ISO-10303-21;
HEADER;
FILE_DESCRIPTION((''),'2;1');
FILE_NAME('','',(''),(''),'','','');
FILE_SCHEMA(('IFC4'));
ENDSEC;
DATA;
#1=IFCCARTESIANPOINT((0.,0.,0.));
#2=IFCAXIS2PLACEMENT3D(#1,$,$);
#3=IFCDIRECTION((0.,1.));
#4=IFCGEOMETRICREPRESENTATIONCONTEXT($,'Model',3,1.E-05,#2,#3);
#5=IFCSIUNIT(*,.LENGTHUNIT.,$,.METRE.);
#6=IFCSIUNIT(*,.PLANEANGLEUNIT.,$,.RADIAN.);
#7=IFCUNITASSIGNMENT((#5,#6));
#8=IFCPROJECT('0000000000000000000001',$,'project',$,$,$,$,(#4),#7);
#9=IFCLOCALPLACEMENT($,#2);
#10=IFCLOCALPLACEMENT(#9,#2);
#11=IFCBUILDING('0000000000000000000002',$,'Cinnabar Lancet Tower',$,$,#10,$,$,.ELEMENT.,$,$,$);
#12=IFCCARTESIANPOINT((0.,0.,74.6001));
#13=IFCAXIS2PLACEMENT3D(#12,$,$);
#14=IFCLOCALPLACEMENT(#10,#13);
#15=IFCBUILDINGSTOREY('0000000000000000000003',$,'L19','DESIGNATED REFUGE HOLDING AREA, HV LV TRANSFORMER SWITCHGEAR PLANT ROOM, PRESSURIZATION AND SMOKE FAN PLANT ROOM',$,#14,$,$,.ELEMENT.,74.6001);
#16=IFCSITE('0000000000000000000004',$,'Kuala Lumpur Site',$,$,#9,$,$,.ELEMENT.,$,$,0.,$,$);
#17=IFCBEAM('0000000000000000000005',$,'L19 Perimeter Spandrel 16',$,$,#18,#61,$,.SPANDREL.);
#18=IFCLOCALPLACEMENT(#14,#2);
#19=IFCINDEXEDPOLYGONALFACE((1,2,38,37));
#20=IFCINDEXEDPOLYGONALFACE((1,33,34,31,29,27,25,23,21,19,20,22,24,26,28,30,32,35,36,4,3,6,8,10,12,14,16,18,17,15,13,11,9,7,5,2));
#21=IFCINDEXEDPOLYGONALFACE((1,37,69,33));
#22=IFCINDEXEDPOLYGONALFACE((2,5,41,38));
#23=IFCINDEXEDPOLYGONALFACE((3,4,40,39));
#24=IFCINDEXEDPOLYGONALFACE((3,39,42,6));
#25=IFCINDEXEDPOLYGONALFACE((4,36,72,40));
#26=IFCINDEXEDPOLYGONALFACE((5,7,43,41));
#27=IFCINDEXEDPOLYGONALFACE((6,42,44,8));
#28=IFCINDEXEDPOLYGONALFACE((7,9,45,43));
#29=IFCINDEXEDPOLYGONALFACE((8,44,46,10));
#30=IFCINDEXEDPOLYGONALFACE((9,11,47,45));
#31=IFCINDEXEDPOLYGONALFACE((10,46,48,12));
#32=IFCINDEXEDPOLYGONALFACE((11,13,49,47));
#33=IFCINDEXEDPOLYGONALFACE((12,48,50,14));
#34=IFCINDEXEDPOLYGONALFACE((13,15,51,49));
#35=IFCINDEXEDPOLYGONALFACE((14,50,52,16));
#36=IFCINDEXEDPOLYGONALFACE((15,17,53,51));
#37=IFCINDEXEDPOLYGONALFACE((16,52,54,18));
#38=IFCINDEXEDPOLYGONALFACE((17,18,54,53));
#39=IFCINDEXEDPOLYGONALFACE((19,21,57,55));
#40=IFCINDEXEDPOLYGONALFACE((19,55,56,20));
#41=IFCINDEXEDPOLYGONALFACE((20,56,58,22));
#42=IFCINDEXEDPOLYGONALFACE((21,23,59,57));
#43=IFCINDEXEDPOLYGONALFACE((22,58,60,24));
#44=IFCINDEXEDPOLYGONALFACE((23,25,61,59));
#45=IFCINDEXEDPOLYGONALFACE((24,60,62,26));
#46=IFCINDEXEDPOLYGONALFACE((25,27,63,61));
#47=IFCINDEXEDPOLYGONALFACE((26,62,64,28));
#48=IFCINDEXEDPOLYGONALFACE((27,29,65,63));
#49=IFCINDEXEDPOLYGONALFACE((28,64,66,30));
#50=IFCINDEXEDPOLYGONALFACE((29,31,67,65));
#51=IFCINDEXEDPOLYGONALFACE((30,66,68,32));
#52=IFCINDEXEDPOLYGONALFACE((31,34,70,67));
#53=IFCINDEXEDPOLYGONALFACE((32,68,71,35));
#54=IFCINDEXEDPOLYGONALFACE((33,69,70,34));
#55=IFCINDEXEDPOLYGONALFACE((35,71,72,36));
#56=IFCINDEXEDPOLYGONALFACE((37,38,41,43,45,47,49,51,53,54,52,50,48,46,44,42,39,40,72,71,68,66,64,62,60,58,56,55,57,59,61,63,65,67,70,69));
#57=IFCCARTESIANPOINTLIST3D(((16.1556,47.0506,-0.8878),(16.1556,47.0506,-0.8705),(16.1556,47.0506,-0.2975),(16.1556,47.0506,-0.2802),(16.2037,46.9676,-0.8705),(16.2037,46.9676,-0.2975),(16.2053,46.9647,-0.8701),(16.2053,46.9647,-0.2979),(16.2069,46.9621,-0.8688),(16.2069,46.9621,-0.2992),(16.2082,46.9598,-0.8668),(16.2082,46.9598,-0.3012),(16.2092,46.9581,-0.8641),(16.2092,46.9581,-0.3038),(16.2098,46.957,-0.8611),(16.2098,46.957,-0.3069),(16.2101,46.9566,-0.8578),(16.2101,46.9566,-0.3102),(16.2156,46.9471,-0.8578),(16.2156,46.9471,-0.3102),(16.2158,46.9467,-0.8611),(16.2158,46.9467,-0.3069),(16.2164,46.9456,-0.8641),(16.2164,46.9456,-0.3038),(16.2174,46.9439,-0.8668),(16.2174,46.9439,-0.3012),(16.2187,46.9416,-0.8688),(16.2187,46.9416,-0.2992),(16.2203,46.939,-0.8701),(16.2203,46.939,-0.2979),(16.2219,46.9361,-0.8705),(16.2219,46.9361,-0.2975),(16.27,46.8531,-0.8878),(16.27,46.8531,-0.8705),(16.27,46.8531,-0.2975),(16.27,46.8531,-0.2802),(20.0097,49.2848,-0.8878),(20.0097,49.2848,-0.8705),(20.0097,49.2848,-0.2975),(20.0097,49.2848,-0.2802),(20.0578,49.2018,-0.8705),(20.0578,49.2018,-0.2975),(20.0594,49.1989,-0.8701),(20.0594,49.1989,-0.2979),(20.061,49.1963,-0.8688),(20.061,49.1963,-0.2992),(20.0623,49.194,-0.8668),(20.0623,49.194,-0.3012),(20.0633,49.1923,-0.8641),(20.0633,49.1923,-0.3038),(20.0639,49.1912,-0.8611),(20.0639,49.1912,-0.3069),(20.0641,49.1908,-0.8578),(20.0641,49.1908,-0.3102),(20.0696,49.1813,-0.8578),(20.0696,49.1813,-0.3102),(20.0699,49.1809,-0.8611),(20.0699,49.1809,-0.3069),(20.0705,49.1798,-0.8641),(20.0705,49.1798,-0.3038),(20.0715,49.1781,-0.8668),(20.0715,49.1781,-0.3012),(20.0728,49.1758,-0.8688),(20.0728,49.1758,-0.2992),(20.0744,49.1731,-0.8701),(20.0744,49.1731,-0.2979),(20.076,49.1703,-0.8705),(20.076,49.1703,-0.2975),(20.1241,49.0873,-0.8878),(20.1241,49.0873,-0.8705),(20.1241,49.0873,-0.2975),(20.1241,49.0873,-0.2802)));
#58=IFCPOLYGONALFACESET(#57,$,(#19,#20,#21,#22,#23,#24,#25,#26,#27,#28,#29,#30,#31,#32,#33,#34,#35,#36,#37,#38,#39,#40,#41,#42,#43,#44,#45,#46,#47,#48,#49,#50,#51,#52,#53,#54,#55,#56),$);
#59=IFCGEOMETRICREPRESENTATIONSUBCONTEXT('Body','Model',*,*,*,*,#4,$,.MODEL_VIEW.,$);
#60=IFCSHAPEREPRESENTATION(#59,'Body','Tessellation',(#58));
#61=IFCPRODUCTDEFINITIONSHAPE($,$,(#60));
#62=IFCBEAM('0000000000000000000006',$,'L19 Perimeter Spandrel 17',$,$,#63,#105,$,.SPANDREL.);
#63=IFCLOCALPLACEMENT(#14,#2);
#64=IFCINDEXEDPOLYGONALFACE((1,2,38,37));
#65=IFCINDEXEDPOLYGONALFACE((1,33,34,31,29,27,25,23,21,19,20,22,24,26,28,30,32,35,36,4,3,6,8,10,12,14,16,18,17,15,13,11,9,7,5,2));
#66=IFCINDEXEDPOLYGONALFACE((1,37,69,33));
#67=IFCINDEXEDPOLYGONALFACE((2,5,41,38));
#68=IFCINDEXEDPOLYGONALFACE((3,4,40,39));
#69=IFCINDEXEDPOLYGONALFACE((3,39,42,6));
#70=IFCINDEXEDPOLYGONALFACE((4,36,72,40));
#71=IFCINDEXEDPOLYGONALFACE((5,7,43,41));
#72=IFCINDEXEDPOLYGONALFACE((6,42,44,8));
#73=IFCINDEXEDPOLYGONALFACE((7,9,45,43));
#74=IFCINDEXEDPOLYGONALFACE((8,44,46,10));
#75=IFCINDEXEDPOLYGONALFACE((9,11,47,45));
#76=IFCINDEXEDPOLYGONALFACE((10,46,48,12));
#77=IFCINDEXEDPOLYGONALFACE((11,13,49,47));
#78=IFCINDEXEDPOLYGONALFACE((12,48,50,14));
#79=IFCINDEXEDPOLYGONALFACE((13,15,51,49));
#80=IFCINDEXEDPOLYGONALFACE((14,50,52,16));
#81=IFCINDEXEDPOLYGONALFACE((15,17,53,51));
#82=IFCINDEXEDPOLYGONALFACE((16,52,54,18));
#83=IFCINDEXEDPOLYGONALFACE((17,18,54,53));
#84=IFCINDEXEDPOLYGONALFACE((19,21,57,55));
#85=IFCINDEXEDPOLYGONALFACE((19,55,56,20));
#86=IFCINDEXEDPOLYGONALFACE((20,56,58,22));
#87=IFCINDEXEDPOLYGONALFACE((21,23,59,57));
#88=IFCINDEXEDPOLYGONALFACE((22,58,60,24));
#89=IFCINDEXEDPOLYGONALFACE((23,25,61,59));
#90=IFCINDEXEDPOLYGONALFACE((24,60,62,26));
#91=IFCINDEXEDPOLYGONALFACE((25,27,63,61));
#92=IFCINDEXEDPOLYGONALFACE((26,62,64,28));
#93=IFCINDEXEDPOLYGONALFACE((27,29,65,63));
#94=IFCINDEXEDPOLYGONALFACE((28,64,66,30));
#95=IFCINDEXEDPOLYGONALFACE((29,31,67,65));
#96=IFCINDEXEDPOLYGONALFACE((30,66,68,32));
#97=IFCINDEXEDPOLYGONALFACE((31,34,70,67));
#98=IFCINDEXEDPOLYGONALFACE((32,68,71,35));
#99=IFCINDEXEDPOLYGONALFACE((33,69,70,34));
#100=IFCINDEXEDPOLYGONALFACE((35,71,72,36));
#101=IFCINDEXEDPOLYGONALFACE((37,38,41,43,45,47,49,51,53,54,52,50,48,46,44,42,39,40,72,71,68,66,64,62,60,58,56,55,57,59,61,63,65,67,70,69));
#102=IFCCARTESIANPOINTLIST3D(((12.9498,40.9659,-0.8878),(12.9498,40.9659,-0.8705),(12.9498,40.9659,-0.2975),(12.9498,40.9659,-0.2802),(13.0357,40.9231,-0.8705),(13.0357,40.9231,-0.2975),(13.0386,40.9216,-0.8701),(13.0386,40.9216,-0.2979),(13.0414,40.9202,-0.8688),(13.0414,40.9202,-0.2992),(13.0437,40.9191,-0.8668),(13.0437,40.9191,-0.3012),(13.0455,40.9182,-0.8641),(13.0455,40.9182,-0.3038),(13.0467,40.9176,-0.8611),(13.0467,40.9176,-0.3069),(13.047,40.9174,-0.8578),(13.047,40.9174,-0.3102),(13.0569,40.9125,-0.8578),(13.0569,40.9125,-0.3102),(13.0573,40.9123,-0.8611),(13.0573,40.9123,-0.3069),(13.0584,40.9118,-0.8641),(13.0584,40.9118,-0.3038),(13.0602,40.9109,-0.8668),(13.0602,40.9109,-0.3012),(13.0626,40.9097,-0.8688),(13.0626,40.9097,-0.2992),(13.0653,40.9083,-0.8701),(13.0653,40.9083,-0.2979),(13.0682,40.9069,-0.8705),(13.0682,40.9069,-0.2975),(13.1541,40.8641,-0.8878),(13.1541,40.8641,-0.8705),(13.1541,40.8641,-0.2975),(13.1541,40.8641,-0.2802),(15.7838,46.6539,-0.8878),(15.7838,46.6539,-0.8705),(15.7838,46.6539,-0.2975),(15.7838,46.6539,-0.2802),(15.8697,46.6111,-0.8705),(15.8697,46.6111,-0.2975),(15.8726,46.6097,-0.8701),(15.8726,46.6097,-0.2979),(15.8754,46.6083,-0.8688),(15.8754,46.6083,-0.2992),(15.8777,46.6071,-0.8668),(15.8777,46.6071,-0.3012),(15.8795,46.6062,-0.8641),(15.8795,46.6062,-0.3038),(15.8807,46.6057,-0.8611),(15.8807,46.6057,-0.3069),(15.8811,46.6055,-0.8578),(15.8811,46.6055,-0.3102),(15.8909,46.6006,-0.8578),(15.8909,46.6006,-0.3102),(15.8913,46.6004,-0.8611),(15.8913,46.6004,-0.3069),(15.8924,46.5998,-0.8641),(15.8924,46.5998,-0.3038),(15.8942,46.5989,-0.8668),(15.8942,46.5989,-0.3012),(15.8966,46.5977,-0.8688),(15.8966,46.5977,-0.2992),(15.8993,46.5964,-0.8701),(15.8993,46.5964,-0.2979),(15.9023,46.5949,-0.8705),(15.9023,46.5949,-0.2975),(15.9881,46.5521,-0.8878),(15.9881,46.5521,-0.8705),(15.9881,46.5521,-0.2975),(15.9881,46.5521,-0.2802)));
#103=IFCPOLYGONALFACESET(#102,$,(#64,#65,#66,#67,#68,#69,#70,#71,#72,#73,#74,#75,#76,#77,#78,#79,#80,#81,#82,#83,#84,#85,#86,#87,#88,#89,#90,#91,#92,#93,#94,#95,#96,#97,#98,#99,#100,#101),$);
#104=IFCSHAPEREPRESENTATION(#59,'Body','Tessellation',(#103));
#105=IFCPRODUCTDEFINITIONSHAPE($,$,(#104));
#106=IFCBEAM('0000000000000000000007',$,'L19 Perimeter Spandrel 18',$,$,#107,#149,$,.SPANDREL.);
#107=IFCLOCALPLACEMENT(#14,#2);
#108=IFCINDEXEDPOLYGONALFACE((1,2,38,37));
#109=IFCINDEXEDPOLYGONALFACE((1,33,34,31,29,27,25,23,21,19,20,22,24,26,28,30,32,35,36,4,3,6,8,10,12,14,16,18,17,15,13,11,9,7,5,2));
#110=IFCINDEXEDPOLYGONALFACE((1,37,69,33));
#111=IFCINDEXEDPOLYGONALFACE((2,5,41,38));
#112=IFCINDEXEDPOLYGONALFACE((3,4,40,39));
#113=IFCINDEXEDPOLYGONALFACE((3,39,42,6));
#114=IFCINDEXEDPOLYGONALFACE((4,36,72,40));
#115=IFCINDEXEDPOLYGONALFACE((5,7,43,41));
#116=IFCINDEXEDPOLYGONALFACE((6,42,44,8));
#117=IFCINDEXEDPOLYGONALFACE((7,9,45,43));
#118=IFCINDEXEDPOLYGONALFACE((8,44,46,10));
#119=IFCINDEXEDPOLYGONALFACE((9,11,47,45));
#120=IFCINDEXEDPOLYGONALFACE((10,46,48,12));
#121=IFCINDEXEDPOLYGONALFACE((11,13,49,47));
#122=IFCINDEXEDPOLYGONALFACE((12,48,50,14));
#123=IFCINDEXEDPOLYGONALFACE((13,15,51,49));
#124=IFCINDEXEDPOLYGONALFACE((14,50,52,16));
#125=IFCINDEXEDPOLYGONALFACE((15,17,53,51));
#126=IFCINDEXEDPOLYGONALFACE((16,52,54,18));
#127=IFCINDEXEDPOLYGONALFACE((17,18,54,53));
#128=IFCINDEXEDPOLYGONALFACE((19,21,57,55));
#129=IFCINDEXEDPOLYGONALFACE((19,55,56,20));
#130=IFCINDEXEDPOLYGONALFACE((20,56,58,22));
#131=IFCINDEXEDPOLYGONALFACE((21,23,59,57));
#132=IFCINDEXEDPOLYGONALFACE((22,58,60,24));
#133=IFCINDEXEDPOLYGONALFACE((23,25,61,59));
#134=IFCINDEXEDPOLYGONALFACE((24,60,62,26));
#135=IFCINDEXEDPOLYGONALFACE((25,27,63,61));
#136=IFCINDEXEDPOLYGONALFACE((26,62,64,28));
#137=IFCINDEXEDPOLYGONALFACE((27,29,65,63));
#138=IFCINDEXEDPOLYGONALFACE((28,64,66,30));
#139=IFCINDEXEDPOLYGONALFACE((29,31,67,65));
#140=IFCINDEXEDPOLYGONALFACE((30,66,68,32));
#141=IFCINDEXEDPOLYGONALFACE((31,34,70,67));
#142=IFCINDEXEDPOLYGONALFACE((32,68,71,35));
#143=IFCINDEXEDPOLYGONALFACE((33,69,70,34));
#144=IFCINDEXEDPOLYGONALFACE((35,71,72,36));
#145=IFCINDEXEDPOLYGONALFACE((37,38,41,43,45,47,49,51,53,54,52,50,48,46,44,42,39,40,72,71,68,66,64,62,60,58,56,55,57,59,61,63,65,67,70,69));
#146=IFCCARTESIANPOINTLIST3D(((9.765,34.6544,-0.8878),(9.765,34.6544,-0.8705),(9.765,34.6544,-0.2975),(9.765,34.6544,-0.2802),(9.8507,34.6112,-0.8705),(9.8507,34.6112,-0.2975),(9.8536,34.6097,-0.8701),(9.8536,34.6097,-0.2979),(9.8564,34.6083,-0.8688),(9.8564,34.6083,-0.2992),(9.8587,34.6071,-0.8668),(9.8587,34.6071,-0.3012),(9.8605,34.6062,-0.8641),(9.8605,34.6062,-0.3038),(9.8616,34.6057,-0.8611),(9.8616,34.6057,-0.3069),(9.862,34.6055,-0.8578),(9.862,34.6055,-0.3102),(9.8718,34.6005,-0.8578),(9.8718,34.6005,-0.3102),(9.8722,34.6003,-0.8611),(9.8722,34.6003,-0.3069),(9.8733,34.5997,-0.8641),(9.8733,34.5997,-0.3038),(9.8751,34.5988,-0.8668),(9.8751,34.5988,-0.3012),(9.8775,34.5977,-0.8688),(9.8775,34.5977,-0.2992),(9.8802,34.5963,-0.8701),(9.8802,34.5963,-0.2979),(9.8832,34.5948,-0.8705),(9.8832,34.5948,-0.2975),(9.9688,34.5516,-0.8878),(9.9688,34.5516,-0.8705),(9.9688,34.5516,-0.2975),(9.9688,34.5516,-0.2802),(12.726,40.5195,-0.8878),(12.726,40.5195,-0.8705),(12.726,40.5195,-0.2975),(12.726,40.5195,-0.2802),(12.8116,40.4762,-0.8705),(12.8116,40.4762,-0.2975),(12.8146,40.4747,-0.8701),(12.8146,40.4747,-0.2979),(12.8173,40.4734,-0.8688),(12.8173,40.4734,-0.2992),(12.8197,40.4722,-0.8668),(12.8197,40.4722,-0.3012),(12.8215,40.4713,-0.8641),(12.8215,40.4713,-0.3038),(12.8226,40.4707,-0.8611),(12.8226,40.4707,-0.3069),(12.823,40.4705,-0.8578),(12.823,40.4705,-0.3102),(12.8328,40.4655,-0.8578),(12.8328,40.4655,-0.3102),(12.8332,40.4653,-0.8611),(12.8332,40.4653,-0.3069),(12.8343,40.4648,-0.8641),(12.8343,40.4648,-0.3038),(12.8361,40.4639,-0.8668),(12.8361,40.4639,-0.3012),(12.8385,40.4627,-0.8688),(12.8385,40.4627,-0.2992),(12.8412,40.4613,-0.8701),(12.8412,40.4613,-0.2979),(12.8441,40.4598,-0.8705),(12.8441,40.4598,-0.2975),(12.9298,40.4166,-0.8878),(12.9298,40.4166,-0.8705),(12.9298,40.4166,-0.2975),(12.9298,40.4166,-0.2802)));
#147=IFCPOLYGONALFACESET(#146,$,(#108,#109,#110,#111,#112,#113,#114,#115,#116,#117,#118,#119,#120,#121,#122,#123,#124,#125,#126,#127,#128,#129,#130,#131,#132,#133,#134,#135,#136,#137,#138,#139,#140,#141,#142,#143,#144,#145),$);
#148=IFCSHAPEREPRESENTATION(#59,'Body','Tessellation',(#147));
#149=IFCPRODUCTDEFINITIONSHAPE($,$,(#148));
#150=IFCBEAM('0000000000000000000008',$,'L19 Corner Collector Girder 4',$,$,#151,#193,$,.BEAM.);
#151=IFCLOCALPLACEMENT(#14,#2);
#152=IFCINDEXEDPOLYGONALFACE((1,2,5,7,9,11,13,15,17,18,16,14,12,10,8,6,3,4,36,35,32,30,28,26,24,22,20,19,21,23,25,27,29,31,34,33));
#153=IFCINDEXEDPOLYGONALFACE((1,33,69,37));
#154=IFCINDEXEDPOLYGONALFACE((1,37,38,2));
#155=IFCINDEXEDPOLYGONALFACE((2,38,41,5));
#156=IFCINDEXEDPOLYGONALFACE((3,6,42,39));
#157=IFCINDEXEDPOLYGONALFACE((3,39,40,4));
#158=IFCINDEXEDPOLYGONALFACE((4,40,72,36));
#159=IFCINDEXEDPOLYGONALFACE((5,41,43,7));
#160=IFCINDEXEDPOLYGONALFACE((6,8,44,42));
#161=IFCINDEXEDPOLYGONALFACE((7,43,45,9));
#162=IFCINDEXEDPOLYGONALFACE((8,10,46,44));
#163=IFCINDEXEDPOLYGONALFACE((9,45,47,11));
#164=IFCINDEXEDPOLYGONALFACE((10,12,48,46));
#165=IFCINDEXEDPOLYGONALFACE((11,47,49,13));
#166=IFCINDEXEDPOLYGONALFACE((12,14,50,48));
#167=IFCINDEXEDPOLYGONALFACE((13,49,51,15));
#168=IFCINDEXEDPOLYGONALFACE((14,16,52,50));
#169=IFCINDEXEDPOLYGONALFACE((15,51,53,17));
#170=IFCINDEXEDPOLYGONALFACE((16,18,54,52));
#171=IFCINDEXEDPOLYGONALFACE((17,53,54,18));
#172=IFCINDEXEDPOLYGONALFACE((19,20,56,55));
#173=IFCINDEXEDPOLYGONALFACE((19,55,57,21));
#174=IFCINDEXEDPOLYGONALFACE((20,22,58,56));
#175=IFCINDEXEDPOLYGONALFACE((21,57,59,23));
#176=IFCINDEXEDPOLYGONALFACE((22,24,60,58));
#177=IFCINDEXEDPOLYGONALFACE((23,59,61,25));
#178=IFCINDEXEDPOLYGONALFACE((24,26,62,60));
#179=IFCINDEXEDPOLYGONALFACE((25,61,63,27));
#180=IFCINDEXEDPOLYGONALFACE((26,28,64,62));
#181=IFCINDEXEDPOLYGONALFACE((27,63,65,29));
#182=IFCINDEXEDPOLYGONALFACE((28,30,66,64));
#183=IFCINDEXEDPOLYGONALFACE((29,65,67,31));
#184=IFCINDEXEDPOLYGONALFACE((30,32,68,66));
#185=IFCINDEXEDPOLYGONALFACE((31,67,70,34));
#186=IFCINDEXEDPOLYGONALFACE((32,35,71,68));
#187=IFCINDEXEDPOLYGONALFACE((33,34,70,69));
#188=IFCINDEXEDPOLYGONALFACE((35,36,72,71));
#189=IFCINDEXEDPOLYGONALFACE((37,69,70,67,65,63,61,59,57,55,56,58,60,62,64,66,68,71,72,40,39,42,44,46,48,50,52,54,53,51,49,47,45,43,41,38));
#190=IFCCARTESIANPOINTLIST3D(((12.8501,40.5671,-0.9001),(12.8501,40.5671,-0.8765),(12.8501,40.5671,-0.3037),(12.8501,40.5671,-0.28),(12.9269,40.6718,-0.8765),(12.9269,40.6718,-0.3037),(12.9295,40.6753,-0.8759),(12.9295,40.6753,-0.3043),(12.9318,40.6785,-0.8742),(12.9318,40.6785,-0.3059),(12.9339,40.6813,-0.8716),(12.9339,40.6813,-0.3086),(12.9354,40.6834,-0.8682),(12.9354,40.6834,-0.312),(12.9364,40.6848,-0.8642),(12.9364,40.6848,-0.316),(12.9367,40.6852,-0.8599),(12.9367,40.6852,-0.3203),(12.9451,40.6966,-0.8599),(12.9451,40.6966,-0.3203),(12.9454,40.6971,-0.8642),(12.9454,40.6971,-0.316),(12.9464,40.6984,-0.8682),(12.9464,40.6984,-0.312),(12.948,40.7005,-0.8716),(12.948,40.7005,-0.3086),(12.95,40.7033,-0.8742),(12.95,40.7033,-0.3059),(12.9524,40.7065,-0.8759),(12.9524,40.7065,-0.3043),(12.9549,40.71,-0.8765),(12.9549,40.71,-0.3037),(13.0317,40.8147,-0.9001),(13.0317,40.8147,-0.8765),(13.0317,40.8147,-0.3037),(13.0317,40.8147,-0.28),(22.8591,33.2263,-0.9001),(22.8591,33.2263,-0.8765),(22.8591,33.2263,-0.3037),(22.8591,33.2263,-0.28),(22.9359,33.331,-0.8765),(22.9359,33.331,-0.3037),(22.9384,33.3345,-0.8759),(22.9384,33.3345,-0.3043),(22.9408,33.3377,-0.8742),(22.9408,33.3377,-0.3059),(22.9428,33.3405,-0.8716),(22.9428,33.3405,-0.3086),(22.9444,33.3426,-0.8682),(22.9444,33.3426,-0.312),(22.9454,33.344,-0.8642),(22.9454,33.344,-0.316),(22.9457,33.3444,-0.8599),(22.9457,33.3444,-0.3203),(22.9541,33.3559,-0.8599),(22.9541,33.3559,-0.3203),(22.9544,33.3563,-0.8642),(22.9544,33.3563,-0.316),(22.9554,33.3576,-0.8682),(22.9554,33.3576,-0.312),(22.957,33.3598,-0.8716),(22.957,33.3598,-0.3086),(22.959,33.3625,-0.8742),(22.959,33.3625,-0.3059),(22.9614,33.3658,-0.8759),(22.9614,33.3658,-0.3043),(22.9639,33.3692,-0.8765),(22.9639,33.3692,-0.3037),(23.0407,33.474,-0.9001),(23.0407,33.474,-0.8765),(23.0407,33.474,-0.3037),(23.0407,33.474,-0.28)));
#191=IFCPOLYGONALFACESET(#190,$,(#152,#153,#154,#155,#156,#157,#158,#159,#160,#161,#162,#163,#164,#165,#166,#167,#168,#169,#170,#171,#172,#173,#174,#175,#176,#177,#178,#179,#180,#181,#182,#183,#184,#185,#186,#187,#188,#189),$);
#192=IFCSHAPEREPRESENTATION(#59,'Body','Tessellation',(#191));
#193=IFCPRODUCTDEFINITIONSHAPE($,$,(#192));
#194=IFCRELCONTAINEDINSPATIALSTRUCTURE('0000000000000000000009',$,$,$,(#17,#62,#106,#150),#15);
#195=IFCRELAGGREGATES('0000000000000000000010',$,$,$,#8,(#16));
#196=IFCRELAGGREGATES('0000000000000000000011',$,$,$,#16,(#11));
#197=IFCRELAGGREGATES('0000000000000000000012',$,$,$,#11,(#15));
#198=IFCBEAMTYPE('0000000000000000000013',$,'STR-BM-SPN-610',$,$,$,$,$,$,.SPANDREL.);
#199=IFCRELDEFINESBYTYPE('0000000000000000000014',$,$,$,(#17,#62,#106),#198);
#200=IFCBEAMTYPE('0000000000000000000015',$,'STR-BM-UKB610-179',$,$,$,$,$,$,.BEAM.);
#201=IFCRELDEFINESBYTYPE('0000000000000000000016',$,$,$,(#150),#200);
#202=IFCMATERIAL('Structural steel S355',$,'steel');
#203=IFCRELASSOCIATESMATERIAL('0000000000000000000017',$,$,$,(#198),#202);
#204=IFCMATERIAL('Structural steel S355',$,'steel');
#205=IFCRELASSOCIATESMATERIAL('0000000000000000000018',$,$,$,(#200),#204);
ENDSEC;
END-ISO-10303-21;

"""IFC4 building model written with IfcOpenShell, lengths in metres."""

from ifc_helpers import new_model, si_unit, direction, frame, origin, origin_2d, place, context, subcontext, project, spatial, i_section, extrude, material, material_profile, profile_set, type_object, element, save


model = new_model("IFC4")

# Units and contexts
model_context = context("Model", 3, precision=1e-05, world=origin(), true_north=direction((0.0, 1.0)))
body_context = subcontext(model_context, "Body", "Model", "MODEL_VIEW")
ifc_project = project(units=[si_unit("LENGTHUNIT", "METRE"), si_unit("PLANEANGLEUNIT", "RADIAN")], contexts=[model_context])

# Site, building, storey
site_placement = place(None, origin())
site = spatial("IfcSite", under=ifc_project, at=site_placement, Name="Kuala Lumpur Site", CompositionType="ELEMENT", RefElevation=0.0)
building_placement = place(site_placement, origin())
building = spatial("IfcBuilding", under=site, at=building_placement, Name="Cinnabar Lancet Tower", CompositionType="ELEMENT")
storey_placement = place(building_placement, frame((0.0, 0.0, 74.6001)))
storey = spatial("IfcBuildingStorey", under=building, at=storey_placement, Name="L19", Description="DESIGNATED REFUGE HOLDING AREA, HV LV TRANSFORMER SWITCHGEAR PLANT ROOM, PRESSURIZATION AND SMOKE FAN PLANT ROOM", CompositionType="ELEMENT", Elevation=74.6001)

# Beams
ifc_material_1 = material(Name="Structural steel S355", Category="steel")
ifc_material_profile_1 = material_profile(ifc_material_1, i_section(OverallWidth=0.2283, OverallDepth=0.6077, WebThickness=0.011, FlangeThickness=0.0173, FilletRadius=0.0127, at=origin_2d()), Name="UKB 610x229x113")
ifc_profile_set_1 = profile_set([ifc_material_profile_1], Name="Structural steel S355")
beam_type_1 = type_object("IfcBeamType", Name="STR-BM-SPN-610", PredefinedType="SPANDREL", material=ifc_profile_set_1)
beam_1_placement = place(storey_placement, frame((20.0669, 49.186, -0.584), z_axis=(-0.865147, -0.501518, 0.0), x_axis=(0.501518, -0.865147, 0.0)))
element("IfcBeam", 1, at=beam_1_placement, inside=storey, type_object=beam_type_1, Name="L19 Perimeter Spandrel 16", PredefinedType="SPANDREL", context=body_context, shape_type="SweptSolid", body=[
    extrude(i_section(OverallWidth=0.2283, OverallDepth=0.6077, WebThickness=0.011, FlangeThickness=0.0173, FilletRadius=0.0127, at=origin_2d()), origin(), (0.0, 0.0, 1.0), 4.4548),
])
beam_2_placement = place(storey_placement, frame((15.886, 46.603, -0.584), z_axis=(-0.445953, -0.895056, 0.0), x_axis=(0.895056, -0.445953, 0.0)))
element("IfcBeam", 2, at=beam_2_placement, inside=storey, type_object=beam_type_1, Name="L19 Perimeter Spandrel 17", PredefinedType="SPANDREL", context=body_context, shape_type="SweptSolid", body=[
    extrude(i_section(OverallWidth=0.2283, OverallDepth=0.6077, WebThickness=0.011, FlangeThickness=0.0173, FilletRadius=0.0127, at=origin_2d()), origin(), (0.0, 0.0, 1.0), 6.355),
])
beam_3_placement = place(storey_placement, frame((12.8279, 40.468, -0.584), z_axis=(-0.450674, -0.892689, 0.0), x_axis=(0.892689, -0.450674, 0.0)))
element("IfcBeam", 3, at=beam_3_placement, inside=storey, type_object=beam_type_1, Name="L19 Perimeter Spandrel 18", PredefinedType="SPANDREL", context=body_context, shape_type="SweptSolid", body=[
    extrude(i_section(OverallWidth=0.2283, OverallDepth=0.6077, WebThickness=0.011, FlangeThickness=0.0173, FilletRadius=0.0127, at=origin_2d()), origin(), (0.0, 0.0, 1.0), 6.5701),
])
ifc_material_2 = material(Name="Structural steel S355", Category="steel")
ifc_material_profile_2 = material_profile(ifc_material_2, i_section(OverallWidth=0.3071, OverallDepth=0.6201, WebThickness=0.0142, FlangeThickness=0.0237, FilletRadius=0.0166, at=origin_2d()), Name="UKB 610x305x179")
ifc_profile_set_2 = profile_set([ifc_material_profile_2], Name="Structural steel S355")
beam_type_2 = type_object("IfcBeamType", Name="STR-BM-UKB610-179", PredefinedType="BEAM", material=ifc_profile_set_2)
beam_4_placement = place(storey_placement, frame((12.9409, 40.6909, -0.5901), z_axis=(0.806372, -0.591409, 0.0), x_axis=(0.591409, 0.806372, 0.0)))
element("IfcBeam", 4, at=beam_4_placement, inside=storey, type_object=beam_type_2, Name="L19 Corner Collector Girder 4", PredefinedType="BEAM", context=body_context, shape_type="SweptSolid", body=[
    extrude(i_section(OverallWidth=0.3071, OverallDepth=0.6201, WebThickness=0.0142, FlangeThickness=0.0237, FilletRadius=0.0166, at=origin_2d()), origin(), (0.0, 0.0, 1.0), 12.4124),
])

save(model, "model.ifc")
